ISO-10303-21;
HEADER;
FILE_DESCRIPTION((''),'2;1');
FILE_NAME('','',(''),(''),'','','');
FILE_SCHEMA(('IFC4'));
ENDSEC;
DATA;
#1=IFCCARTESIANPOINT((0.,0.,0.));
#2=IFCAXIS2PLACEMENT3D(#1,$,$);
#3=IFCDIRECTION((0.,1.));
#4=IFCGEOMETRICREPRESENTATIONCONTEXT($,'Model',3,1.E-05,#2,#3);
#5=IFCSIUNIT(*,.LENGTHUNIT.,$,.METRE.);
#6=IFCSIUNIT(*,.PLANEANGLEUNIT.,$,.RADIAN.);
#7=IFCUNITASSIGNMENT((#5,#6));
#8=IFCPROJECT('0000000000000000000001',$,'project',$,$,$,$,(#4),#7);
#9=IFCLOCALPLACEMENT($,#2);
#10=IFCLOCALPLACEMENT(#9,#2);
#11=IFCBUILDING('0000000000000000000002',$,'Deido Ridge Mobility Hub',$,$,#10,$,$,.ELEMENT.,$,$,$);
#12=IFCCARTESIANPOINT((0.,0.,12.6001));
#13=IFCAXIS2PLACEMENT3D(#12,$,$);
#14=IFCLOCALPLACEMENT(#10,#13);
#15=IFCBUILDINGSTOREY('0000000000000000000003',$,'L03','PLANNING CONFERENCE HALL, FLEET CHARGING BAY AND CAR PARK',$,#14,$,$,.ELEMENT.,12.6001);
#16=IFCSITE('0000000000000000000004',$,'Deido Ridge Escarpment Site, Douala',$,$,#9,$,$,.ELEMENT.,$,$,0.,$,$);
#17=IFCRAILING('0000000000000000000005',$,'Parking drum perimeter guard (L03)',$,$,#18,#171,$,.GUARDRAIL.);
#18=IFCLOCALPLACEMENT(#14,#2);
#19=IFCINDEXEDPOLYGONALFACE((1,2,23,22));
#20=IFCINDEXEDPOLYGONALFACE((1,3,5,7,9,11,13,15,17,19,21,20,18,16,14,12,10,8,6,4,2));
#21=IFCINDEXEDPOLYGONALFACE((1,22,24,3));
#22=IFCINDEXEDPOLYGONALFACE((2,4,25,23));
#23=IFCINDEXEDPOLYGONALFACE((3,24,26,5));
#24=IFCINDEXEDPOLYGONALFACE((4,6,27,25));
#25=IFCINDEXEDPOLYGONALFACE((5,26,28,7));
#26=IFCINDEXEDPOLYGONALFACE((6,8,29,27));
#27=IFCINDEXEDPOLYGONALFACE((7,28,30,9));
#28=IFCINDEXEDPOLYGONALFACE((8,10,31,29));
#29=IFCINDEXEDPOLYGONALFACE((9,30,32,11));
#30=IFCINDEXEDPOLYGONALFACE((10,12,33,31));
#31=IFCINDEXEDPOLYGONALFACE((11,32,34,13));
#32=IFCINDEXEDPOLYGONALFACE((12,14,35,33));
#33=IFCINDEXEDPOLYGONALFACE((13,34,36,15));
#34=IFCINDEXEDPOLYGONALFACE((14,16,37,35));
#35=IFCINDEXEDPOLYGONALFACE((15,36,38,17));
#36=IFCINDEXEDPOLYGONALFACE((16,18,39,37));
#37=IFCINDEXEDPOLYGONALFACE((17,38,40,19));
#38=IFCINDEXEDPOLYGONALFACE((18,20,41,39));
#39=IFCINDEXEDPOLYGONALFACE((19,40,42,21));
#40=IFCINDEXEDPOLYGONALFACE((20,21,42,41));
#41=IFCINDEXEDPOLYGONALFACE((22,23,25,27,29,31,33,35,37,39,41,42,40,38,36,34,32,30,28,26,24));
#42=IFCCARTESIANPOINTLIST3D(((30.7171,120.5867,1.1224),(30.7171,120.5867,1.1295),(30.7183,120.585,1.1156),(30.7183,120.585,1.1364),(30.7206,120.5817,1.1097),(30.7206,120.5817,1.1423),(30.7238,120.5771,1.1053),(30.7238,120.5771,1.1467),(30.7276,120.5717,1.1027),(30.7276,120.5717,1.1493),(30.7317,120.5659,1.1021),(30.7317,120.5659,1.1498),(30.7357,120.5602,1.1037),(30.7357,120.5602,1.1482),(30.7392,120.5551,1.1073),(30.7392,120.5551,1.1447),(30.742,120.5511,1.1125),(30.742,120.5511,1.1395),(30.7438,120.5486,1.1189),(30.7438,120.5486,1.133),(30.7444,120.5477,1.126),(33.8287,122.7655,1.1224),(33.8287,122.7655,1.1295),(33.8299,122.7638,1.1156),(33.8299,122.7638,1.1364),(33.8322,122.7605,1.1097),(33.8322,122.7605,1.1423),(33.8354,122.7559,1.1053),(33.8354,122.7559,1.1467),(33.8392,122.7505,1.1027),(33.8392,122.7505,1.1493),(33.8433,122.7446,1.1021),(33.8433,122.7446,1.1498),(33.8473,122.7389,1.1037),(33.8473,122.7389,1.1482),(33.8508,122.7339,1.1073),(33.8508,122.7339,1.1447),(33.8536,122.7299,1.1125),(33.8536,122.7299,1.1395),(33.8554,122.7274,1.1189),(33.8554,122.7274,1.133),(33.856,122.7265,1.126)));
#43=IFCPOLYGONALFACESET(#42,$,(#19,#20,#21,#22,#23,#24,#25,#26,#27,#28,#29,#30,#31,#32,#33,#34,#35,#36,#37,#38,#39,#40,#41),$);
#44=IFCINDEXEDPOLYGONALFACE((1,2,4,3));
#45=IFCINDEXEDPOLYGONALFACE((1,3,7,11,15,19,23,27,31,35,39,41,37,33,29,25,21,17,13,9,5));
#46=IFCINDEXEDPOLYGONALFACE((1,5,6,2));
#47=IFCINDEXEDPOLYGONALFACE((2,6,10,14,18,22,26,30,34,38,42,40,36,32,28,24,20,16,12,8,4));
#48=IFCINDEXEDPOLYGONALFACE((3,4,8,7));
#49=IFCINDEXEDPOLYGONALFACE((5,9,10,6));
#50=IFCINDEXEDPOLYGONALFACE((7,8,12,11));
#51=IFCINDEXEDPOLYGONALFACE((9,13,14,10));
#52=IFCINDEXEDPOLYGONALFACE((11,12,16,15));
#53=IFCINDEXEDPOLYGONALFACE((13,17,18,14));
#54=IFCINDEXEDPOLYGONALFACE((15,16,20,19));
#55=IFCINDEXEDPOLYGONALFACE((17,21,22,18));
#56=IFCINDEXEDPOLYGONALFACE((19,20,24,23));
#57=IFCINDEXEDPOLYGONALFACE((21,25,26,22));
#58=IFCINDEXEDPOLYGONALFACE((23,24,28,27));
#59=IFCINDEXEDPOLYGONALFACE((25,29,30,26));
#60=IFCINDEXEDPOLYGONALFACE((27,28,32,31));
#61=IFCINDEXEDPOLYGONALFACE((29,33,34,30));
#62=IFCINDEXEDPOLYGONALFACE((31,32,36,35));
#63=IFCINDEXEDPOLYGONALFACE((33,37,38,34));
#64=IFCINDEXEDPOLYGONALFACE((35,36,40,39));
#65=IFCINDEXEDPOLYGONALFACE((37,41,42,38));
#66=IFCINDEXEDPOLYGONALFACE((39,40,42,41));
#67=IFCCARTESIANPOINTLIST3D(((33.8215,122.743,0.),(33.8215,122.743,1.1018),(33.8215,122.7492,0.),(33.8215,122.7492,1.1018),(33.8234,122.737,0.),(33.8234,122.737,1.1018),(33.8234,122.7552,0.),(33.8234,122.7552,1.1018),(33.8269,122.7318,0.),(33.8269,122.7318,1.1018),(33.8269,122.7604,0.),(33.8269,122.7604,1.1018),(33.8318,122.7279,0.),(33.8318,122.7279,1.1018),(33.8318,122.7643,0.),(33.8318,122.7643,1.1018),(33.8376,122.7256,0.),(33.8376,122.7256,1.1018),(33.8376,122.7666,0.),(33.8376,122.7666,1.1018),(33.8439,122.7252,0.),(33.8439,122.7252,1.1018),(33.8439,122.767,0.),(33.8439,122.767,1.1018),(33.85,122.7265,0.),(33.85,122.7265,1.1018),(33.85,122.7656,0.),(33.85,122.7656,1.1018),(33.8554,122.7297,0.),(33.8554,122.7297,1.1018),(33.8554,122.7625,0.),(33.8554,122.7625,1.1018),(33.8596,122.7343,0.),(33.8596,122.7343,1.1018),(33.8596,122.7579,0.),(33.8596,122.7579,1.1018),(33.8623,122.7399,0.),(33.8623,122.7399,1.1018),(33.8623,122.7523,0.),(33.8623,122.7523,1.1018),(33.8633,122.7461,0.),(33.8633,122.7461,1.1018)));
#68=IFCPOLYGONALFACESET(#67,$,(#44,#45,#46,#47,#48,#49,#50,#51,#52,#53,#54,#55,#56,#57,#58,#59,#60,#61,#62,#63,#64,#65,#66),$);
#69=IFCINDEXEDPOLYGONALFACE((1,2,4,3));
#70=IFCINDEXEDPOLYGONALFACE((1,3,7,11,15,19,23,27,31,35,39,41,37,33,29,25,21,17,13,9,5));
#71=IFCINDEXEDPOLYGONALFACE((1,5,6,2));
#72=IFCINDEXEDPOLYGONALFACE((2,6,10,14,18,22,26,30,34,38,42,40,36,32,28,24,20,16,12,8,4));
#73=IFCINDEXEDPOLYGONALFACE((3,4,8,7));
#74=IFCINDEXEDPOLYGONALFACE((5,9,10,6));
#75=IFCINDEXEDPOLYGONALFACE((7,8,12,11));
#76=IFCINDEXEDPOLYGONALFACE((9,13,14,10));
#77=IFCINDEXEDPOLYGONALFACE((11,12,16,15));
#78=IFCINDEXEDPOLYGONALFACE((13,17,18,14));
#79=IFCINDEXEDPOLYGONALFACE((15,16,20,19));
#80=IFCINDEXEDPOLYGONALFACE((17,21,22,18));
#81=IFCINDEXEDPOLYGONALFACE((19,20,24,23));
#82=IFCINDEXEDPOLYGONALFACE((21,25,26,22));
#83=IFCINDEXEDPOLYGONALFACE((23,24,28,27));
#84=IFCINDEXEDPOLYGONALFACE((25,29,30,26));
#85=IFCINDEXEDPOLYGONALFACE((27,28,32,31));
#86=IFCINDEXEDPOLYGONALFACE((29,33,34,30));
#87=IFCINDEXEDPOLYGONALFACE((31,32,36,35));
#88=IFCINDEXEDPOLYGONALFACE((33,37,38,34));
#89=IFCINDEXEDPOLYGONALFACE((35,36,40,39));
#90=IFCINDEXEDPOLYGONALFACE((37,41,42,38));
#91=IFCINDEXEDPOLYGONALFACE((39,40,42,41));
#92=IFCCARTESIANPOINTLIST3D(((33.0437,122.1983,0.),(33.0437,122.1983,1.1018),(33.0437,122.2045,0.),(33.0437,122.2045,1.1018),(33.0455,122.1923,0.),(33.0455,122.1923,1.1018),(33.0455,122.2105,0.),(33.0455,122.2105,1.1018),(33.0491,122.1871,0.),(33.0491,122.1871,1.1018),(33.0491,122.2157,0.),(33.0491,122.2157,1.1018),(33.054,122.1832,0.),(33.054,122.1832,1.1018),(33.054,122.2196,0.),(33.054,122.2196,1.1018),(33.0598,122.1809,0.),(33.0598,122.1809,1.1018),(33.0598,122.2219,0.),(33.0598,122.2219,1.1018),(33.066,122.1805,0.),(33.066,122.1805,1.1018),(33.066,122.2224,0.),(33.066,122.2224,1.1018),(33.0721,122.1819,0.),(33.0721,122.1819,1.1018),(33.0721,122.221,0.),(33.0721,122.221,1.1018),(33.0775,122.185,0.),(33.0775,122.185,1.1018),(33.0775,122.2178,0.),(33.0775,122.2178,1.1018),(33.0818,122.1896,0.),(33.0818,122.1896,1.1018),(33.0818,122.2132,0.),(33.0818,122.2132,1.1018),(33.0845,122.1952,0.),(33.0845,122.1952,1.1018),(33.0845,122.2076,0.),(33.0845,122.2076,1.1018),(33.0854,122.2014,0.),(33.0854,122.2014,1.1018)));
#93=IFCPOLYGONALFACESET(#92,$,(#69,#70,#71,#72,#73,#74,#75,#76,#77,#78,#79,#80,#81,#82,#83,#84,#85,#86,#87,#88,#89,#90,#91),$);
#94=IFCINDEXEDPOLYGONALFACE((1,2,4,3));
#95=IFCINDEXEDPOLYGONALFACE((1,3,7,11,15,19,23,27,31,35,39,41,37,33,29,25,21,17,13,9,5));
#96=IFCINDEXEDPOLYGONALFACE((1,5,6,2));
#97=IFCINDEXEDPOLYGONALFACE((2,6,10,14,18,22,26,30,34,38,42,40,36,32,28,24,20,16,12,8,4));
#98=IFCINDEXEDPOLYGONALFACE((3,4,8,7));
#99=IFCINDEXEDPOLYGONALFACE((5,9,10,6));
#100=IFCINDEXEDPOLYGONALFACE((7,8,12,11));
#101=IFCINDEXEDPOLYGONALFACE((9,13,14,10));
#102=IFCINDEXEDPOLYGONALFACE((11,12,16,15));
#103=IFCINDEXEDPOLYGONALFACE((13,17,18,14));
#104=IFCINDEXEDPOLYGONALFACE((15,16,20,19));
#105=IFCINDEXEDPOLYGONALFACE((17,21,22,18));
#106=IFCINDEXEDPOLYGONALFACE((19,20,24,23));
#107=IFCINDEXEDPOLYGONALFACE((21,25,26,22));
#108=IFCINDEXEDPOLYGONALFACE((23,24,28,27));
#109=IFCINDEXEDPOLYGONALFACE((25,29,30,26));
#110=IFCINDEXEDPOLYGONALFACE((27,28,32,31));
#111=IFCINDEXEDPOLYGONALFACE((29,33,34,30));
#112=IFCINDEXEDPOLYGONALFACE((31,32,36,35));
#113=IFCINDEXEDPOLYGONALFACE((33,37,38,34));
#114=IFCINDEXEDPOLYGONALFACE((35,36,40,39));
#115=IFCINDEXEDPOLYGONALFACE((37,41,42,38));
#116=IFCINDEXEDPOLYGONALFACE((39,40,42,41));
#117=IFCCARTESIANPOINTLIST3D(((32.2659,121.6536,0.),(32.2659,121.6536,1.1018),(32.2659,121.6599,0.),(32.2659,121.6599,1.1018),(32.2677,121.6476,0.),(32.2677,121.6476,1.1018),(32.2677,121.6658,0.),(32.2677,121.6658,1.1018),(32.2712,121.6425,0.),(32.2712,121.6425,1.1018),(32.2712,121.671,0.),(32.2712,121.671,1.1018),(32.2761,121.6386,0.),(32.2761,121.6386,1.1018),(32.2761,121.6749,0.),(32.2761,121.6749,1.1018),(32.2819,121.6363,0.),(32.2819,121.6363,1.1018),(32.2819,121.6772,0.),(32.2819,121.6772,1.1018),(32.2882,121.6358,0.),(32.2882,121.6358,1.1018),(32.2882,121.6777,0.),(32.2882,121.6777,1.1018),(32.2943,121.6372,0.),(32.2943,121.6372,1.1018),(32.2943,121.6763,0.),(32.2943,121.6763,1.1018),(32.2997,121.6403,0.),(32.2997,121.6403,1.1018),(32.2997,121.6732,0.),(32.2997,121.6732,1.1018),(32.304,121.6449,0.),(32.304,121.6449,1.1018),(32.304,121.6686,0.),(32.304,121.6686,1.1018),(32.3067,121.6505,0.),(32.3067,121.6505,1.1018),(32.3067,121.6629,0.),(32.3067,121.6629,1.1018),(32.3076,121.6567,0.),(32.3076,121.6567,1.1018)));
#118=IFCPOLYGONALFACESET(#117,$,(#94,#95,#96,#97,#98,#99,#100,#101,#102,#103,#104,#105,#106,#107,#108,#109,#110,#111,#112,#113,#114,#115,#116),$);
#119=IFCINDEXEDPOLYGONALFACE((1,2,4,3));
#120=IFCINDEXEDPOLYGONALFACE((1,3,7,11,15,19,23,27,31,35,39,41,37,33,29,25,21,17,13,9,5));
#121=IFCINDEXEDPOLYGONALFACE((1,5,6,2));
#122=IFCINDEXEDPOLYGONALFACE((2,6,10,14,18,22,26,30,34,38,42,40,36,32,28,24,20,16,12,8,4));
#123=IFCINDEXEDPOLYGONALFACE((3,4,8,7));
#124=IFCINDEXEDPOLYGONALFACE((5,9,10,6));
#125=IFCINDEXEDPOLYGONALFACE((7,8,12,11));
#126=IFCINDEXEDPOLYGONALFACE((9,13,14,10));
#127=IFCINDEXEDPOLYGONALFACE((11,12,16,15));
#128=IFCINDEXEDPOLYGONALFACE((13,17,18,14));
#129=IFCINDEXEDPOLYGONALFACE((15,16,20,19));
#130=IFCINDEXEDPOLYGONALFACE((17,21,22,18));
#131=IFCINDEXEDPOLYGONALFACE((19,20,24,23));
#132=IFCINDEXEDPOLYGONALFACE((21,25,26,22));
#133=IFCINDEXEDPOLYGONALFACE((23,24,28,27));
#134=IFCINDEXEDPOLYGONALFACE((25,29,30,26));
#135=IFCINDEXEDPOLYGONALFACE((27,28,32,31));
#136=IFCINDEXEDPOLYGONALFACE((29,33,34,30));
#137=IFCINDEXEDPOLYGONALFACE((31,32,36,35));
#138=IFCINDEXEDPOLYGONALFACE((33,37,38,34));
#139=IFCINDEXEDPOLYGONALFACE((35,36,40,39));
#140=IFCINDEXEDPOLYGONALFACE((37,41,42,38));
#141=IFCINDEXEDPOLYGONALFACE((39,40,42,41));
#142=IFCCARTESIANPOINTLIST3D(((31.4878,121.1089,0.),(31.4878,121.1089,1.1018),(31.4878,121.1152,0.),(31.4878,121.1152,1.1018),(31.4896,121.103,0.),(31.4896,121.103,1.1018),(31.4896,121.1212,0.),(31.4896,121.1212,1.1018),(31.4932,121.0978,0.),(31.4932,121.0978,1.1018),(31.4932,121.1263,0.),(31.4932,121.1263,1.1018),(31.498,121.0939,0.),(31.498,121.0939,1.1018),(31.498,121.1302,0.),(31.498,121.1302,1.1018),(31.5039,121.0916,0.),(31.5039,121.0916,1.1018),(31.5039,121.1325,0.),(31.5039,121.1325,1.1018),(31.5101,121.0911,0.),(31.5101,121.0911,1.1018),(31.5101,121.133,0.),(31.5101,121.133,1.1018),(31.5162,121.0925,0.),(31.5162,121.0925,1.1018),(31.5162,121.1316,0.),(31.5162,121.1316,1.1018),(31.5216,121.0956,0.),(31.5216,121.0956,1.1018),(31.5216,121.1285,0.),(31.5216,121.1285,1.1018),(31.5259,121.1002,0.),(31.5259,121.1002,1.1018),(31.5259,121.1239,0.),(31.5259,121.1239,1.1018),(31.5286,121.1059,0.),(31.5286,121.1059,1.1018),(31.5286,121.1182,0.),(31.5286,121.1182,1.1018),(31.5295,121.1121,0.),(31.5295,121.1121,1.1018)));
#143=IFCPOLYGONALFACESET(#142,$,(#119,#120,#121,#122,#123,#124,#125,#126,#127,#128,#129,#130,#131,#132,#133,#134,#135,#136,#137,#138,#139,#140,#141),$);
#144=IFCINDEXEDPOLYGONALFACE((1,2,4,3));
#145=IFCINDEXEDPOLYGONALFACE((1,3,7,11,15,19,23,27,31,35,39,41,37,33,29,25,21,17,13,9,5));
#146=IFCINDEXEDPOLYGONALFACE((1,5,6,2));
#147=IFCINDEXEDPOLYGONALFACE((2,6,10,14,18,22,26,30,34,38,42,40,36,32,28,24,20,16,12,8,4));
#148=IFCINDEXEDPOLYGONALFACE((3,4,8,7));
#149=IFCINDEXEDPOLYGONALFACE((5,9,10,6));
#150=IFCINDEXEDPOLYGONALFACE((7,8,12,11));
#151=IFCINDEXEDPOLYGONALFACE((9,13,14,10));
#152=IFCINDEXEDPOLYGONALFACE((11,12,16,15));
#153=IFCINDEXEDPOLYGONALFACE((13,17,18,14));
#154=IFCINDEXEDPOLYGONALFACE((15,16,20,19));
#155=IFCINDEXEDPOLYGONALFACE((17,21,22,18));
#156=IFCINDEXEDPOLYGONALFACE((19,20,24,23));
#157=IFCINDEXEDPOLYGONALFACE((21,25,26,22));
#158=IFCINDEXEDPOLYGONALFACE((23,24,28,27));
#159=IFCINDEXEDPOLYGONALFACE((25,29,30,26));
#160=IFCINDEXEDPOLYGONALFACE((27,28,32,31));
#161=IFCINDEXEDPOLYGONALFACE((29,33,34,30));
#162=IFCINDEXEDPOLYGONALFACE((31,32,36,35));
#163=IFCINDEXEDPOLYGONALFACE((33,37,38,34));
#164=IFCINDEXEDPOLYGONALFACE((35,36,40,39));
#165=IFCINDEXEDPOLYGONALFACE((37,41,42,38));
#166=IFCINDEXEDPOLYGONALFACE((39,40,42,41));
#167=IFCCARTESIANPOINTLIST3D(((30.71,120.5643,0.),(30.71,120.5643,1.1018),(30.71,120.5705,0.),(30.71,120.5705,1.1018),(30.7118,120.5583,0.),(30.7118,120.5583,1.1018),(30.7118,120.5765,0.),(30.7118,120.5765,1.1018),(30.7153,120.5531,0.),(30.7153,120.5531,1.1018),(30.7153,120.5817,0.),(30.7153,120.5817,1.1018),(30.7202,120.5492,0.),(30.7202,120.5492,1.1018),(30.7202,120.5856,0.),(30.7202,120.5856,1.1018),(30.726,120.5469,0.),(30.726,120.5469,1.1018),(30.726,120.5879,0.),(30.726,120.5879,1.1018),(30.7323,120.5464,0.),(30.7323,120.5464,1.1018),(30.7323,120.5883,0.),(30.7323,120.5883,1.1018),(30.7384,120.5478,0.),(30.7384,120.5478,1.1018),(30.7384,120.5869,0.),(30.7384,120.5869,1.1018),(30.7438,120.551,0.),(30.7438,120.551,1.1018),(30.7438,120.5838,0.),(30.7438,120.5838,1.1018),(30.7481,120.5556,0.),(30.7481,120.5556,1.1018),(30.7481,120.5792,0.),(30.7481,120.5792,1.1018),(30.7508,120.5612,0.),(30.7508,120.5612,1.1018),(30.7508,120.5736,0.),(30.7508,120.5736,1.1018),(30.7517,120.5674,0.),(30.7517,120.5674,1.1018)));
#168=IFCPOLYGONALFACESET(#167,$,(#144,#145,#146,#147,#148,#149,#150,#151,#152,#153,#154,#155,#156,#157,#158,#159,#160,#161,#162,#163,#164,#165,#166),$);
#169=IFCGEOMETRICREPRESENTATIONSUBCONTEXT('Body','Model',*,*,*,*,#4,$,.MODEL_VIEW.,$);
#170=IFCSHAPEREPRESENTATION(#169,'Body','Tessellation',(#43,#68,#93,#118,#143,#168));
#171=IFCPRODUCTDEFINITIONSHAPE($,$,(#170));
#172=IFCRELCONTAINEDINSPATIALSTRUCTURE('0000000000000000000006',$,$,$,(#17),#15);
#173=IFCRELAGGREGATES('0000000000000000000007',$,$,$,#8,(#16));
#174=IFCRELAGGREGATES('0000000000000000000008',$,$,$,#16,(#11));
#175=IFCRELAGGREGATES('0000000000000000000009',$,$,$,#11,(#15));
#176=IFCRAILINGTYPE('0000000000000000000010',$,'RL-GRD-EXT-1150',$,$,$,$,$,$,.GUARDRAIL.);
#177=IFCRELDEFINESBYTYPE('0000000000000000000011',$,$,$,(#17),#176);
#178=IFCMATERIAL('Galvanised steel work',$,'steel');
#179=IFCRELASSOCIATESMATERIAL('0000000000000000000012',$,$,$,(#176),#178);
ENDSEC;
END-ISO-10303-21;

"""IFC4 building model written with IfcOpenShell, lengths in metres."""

from ifc_helpers import new_model, si_unit, direction, frame, origin, origin_2d, place, context, subcontext, project, spatial, circle, extrude, material, type_object, element, save


model = new_model("IFC4")

# Units and contexts
model_context = context("Model", 3, precision=1e-05, world=origin(), true_north=direction((0.0, 1.0)))
body_context = subcontext(model_context, "Body", "Model", "MODEL_VIEW")
ifc_project = project(units=[si_unit("LENGTHUNIT", "METRE"), si_unit("PLANEANGLEUNIT", "RADIAN")], contexts=[model_context])

# Site, building, storey
site_placement = place(None, origin())
site = spatial("IfcSite", under=ifc_project, at=site_placement, Name="Deido Ridge Escarpment Site, Douala", CompositionType="ELEMENT", RefElevation=0.0)
building_placement = place(site_placement, origin())
building = spatial("IfcBuilding", under=site, at=building_placement, Name="Deido Ridge Mobility Hub", CompositionType="ELEMENT")
storey_placement = place(building_placement, frame((0.0, 0.0, 12.6001)))
storey = spatial("IfcBuildingStorey", under=building, at=storey_placement, Name="L03", Description="PLANNING CONFERENCE HALL, FLEET CHARGING BAY AND CAR PARK", CompositionType="ELEMENT", Elevation=12.6001)

# Railing
ifc_material_1 = material(Name="Galvanised steel work", Category="steel")
railing_type = type_object("IfcRailingType", Name="RL-GRD-EXT-1150", PredefinedType="GUARDRAIL", material=ifc_material_1)
railing_1_placement = place(storey_placement, frame((33.8423, 122.7461, 0.0)))
element("IfcRailing", 1, at=railing_1_placement, inside=storey, type_object=railing_type, Name="Parking drum perimeter guard (L03)", PredefinedType="GUARDRAIL", context=body_context, shape_type="SweptSolid", body=[
    extrude(circle(Radius=0.0239, at=origin_2d()), frame((0.0, 0.0, 1.126), z_axis=(-0.819156, -0.57357, 0.0), x_axis=(0.57357, -0.819156, 0.0)), (0.0, 0.0, 1.0), 3.7986),
    extrude(circle(Radius=0.021, at=origin_2d()), origin(), (0.0, 0.0, 1.0), 1.1018),
    extrude(circle(Radius=0.021, at=origin_2d()), frame((-0.7778, -0.5447, 0.0)), (0.0, 0.0, 1.0), 1.1018),
    extrude(circle(Radius=0.021, at=origin_2d()), frame((-1.5557, -1.0894, 0.0)), (0.0, 0.0, 1.0), 1.1018),
    extrude(circle(Radius=0.021, at=origin_2d()), frame((-2.3337, -1.634, 0.0)), (0.0, 0.0, 1.0), 1.1018),
    extrude(circle(Radius=0.021, at=origin_2d()), frame((-3.1116, -2.1787, 0.0)), (0.0, 0.0, 1.0), 1.1018),
])

save(model, "model.ifc")
